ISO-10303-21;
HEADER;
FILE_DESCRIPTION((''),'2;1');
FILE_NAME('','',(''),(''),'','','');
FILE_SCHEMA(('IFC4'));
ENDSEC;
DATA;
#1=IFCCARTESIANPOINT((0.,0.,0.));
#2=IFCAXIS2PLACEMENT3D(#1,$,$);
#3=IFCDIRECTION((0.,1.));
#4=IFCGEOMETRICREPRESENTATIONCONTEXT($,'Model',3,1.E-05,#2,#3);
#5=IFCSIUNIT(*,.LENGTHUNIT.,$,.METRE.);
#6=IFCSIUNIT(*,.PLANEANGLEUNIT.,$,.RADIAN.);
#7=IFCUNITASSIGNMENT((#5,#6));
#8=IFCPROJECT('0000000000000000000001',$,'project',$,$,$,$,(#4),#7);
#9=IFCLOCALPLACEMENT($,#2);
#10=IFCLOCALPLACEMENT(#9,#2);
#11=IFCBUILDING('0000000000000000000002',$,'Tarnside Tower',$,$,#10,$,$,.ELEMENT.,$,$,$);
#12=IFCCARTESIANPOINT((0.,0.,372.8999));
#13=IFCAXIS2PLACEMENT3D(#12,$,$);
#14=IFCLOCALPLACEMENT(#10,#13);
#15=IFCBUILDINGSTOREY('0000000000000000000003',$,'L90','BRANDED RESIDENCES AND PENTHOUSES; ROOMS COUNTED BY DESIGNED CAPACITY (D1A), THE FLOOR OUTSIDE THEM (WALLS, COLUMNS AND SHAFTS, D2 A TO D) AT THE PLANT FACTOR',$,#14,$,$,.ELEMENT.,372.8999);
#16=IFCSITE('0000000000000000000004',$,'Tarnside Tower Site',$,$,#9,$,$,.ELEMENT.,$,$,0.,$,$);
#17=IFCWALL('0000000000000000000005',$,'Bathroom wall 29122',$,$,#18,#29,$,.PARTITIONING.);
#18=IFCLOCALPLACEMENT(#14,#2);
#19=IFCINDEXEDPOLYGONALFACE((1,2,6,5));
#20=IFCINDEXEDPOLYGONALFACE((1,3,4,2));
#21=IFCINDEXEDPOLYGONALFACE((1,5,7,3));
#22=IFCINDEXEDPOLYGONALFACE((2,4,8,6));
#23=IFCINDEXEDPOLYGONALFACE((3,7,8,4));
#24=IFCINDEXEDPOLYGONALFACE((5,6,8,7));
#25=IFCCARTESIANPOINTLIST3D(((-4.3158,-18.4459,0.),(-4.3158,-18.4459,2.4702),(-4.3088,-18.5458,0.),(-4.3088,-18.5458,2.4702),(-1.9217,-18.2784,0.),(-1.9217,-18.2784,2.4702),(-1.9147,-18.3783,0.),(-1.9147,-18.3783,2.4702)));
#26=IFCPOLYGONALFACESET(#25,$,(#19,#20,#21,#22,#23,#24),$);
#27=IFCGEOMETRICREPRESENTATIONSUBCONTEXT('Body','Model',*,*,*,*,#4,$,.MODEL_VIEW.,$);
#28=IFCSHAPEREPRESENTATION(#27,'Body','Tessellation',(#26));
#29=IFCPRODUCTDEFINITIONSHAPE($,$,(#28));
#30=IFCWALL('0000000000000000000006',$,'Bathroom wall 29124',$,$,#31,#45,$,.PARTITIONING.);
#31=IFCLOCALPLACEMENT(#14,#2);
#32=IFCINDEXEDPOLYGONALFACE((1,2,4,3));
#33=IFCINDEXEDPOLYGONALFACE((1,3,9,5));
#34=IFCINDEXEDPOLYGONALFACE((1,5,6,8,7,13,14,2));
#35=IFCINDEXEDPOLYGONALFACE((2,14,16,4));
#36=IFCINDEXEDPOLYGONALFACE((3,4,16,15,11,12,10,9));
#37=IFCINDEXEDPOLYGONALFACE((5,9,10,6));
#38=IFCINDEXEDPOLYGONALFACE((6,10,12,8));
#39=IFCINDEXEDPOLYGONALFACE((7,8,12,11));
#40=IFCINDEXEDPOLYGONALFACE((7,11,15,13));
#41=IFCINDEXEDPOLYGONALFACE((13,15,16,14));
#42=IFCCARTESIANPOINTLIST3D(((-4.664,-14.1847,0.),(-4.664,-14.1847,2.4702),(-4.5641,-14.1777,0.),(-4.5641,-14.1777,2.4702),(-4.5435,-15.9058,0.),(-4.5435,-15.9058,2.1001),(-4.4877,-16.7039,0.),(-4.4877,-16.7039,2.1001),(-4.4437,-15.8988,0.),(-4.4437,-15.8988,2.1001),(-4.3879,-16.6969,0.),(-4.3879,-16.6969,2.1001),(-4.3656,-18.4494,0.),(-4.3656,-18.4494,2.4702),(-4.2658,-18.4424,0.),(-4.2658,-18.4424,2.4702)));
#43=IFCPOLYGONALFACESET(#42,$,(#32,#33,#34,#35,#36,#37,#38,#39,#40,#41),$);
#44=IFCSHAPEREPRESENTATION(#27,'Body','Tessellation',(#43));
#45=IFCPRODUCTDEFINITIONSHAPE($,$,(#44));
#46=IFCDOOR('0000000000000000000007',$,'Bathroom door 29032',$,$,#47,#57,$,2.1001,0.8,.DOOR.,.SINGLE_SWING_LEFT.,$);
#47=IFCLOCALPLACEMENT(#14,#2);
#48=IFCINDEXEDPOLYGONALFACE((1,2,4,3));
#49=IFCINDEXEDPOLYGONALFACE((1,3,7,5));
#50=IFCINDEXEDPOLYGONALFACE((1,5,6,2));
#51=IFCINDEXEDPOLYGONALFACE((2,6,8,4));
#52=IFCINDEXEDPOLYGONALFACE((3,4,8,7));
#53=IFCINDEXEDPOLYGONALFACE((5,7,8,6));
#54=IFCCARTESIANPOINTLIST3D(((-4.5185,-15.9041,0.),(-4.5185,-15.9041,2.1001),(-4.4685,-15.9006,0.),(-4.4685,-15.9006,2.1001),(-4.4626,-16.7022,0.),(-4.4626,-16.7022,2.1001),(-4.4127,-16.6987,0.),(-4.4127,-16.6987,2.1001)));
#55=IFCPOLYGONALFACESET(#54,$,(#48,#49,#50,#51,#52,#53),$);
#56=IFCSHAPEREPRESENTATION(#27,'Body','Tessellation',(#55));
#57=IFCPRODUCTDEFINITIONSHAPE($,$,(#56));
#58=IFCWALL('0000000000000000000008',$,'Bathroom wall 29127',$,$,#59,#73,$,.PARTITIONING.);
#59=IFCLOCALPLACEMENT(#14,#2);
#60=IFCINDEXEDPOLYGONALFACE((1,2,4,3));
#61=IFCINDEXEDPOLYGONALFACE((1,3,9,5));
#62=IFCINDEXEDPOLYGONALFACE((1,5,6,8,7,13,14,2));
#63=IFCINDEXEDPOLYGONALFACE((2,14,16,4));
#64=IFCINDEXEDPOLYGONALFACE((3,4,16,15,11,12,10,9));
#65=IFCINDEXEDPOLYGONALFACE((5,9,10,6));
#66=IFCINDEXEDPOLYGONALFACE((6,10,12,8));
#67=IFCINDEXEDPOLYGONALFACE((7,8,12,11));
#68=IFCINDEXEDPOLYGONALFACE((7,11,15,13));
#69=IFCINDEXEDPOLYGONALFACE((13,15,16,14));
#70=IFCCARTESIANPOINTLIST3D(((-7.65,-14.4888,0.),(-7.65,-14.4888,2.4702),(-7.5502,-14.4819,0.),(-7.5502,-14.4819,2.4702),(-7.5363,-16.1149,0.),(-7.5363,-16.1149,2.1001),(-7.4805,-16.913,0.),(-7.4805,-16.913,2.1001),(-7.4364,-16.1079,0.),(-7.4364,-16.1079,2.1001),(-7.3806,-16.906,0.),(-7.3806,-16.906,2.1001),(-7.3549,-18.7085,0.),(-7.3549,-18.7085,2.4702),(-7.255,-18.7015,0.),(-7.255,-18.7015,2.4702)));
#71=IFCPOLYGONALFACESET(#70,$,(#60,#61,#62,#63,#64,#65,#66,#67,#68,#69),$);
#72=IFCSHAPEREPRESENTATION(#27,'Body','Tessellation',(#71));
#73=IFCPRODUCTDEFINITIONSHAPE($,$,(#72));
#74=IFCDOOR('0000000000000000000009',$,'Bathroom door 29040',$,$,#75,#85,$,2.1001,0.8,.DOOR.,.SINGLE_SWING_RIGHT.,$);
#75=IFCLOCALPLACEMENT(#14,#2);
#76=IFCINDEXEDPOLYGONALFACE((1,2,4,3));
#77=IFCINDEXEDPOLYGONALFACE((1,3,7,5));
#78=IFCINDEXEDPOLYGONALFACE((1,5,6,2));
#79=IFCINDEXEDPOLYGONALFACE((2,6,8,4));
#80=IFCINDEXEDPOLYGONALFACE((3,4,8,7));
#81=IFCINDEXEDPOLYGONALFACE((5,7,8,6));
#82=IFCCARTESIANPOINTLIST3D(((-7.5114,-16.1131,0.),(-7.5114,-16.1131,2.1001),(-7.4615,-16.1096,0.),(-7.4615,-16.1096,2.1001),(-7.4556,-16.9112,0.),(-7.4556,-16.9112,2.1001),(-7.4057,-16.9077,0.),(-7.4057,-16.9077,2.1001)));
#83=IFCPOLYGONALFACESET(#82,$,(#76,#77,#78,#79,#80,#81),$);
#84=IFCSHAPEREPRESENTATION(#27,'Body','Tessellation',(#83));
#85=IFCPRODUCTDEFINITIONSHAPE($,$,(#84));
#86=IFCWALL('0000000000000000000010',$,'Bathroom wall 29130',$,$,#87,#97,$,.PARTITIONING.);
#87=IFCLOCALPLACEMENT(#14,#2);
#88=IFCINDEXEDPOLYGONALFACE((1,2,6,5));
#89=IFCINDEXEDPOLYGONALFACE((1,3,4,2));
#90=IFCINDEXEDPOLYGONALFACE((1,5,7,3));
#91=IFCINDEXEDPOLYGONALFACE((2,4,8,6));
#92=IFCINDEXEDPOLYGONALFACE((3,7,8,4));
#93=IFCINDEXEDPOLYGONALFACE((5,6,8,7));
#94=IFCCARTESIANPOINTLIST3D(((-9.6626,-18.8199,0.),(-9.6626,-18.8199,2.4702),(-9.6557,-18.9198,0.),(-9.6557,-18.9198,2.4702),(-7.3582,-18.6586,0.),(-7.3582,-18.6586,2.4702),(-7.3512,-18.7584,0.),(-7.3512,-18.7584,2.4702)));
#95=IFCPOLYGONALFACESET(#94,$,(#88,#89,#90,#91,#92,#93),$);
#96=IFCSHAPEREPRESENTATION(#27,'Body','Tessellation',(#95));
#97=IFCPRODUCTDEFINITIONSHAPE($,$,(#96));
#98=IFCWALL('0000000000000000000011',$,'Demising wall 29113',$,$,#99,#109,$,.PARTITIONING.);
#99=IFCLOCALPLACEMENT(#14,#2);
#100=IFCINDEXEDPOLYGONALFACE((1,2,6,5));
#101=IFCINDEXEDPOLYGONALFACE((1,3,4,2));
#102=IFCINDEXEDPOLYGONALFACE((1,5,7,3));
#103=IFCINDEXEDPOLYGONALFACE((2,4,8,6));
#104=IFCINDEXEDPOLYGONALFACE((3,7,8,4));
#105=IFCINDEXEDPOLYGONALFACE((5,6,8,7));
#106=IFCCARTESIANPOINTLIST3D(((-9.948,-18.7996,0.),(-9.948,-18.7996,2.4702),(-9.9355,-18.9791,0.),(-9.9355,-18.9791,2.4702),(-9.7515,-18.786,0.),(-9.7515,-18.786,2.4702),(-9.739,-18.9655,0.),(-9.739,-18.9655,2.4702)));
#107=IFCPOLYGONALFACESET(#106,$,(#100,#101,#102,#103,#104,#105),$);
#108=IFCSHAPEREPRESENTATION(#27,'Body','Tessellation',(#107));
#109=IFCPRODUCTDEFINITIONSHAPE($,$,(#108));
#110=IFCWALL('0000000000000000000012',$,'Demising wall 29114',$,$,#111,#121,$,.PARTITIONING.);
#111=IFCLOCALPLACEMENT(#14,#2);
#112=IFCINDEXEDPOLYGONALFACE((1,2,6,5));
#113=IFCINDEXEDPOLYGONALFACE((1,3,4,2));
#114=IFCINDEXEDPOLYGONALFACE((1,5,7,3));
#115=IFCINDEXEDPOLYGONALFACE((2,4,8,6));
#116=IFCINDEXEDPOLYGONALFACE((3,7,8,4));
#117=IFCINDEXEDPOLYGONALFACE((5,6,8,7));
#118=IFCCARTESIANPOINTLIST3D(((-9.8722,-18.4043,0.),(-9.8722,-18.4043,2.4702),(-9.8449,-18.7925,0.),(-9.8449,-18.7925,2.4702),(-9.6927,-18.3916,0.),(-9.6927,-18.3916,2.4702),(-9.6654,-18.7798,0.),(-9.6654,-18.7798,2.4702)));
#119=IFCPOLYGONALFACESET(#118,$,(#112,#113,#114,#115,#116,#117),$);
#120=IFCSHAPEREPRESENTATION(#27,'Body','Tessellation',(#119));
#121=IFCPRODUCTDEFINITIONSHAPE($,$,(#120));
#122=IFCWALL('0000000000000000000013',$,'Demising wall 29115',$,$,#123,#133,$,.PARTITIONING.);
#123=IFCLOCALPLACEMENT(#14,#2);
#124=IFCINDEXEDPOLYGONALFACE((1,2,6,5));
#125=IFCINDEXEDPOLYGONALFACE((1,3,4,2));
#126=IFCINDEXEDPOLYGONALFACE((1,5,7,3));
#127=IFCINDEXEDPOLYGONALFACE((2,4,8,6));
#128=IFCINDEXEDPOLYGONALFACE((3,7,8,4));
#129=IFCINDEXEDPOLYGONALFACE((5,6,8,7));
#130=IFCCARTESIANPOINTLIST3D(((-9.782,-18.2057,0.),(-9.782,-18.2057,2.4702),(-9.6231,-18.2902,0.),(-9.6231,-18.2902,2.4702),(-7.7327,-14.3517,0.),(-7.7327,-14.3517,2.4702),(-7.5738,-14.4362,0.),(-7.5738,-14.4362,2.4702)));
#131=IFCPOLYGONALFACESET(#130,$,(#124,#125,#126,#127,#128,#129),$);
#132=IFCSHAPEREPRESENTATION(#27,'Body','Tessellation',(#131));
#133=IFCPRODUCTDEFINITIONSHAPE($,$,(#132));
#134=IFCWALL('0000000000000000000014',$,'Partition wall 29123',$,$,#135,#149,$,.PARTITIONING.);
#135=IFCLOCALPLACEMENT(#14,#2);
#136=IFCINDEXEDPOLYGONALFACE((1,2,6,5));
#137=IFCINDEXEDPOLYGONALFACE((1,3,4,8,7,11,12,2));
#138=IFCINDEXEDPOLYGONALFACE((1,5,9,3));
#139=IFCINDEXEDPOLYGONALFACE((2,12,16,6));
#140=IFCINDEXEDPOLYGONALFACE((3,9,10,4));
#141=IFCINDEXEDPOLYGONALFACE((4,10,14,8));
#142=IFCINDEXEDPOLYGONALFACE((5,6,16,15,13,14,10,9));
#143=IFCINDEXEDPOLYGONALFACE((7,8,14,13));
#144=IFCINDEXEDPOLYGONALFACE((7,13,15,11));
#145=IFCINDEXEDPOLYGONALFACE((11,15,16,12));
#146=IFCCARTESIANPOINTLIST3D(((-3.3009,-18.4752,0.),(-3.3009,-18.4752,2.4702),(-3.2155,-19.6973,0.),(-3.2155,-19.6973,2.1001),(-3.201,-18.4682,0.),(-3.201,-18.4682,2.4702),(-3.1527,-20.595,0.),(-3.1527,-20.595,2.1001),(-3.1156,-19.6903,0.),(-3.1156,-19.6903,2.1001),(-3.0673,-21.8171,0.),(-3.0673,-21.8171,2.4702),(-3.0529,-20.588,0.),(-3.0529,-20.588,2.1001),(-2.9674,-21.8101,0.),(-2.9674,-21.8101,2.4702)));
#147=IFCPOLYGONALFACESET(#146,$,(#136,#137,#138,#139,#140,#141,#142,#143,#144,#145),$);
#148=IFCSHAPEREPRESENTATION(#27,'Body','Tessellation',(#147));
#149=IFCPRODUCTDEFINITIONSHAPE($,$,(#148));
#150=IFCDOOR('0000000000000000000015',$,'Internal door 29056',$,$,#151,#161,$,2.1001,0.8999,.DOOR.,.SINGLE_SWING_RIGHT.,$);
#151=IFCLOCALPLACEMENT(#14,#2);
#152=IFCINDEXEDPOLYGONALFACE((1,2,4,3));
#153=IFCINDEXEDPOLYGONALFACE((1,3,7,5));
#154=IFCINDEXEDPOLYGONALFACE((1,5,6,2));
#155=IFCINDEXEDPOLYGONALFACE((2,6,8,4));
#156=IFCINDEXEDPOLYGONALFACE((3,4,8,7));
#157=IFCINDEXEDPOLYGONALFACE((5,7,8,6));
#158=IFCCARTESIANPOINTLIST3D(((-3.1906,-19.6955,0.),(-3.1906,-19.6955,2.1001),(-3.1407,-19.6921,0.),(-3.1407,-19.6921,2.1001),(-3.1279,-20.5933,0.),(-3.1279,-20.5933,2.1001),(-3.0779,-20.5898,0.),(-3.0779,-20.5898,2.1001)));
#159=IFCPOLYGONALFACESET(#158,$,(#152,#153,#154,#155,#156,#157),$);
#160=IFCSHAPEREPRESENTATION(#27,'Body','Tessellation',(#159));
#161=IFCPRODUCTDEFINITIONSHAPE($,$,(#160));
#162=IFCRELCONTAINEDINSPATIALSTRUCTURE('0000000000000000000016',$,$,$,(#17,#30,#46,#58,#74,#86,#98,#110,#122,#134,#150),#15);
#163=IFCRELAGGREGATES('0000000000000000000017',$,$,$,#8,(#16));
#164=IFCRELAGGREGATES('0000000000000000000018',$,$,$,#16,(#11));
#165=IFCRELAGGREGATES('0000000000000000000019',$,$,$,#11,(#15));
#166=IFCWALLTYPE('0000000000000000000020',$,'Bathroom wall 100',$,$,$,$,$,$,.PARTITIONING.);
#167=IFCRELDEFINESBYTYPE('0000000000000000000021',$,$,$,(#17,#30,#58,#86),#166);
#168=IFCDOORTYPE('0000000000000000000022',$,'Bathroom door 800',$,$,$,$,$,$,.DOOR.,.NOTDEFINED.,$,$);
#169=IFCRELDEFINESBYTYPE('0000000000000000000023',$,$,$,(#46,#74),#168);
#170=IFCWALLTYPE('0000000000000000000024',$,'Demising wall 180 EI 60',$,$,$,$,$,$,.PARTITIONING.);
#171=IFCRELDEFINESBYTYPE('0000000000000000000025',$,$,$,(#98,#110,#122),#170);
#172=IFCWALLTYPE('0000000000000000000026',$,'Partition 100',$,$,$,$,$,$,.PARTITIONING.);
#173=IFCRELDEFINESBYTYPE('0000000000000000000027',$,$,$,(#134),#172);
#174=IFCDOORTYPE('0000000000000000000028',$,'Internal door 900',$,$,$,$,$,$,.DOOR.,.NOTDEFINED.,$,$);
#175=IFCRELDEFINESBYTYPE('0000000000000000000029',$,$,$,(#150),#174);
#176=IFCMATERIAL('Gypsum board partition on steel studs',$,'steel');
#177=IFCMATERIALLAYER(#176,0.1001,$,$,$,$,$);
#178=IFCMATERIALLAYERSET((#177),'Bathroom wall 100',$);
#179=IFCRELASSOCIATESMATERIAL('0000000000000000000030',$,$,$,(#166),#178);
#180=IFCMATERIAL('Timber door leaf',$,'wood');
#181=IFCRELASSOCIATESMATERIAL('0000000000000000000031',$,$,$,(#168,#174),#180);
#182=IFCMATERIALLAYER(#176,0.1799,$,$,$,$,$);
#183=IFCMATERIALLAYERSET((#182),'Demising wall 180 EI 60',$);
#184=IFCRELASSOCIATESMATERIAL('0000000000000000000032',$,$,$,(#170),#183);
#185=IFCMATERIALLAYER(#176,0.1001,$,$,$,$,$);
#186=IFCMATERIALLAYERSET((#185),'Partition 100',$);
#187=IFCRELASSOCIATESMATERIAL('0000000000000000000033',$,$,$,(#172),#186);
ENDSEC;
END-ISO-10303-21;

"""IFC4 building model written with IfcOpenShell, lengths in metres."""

from ifc_helpers import new_model, si_unit, direction, frame, frame_2d, origin, place, context, subcontext, project, spatial, rectangle, extrude, material, layer, layer_set, type_object, element, fill, save


model = new_model("IFC4")

# Units and contexts
model_context = context("Model", 3, precision=1e-05, world=origin(), true_north=direction((0.0, 1.0)))
body_context = subcontext(model_context, "Body", "Model", "MODEL_VIEW")
ifc_project = project(units=[si_unit("LENGTHUNIT", "METRE"), si_unit("PLANEANGLEUNIT", "RADIAN")], contexts=[model_context])

# Site, building, storey
site_placement = place(None, origin())
site = spatial("IfcSite", under=ifc_project, at=site_placement, Name="Tarnside Tower Site", CompositionType="ELEMENT", RefElevation=0.0)
building_placement = place(site_placement, origin())
building = spatial("IfcBuilding", under=site, at=building_placement, Name="Tarnside Tower", CompositionType="ELEMENT")
storey_placement = place(building_placement, frame((0.0, 0.0, 372.8999)))
storey = spatial("IfcBuildingStorey", under=building, at=storey_placement, Name="L90", Description="BRANDED RESIDENCES AND PENTHOUSES; ROOMS COUNTED BY DESIGNED CAPACITY (D1A), THE FLOOR OUTSIDE THEM (WALLS, COLUMNS AND SHAFTS, D2 A TO D) AT THE PLANT FACTOR", CompositionType="ELEMENT", Elevation=372.8999)

# Wall
ifc_material_1 = material(Name="Gypsum board partition on steel studs", Category="steel")
ifc_layer_1 = layer(ifc_material_1, 0.1001)
ifc_layer_set_1 = layer_set([ifc_layer_1], Name="Bathroom wall 100")
wall_type_1 = type_object("IfcWallType", Name="Bathroom wall 100", PredefinedType="PARTITIONING", material=ifc_layer_set_1)
wall_1_placement = place(storey_placement, frame((-1.9182, -18.3284, 0.0), z_axis=(0.0, 0.0, 1.0), x_axis=(-0.997562, -0.069787, 0.0)))
element("IfcWall", 1, at=wall_1_placement, inside=storey, type_object=wall_type_1, Name="Bathroom wall 29122", PredefinedType="PARTITIONING", context=body_context, shape_type="SweptSolid", body=[
    extrude(rectangle(XDim=2.3999, YDim=0.1001, at=frame_2d((1.2, 0.0))), origin(), (0.0, 0.0, 1.0), 2.4702),
])

# Walls, openings, doors
wall_2_placement = place(storey_placement, frame((-4.3157, -18.446, 0.0), z_axis=(0.0, 0.0, 1.0), x_axis=(-0.069786, 0.997562, 0.0)))
wall_2 = element("IfcWall", 2, at=wall_2_placement, inside=storey, type_object=wall_type_1, Name="Bathroom wall 29124", PredefinedType="PARTITIONING", context=body_context, shape_type="SweptSolid", body=[
    extrude(rectangle(XDim=4.2751, YDim=0.1001, at=frame_2d((2.1377, 0.0))), origin(), (0.0, 0.0, 1.0), 2.4702),
])
opening_1_placement = place(wall_2_placement, frame((1.75, 0.0, 0.0)))
opening_1 = element("IfcOpeningElement", 3, at=opening_1_placement, cuts=wall_2, PredefinedType="OPENING", context=body_context, shape_type="SweptSolid", body=[
    extrude(rectangle(XDim=0.8, YDim=2.1001, at=frame_2d((0.3999, 1.05))), frame((0.0, 0.0601, 0.0), z_axis=(0.0, -1.0, 0.0), x_axis=(1.0, 0.0, 0.0)), (0.0, 0.0, 1.0), 0.1201),
])
ifc_material_2 = material(Name="Timber door leaf", Category="wood")
door_type_1 = type_object("IfcDoorType", Name="Bathroom door 800", OperationType="NOTDEFINED", PredefinedType="DOOR", material=ifc_material_2)
door_1_placement = place(opening_1_placement, origin())
door_1 = element("IfcDoor", 4, at=door_1_placement, inside=storey, type_object=door_type_1, Name="Bathroom door 29032", OperationType="SINGLE_SWING_LEFT", OverallHeight=2.1001, OverallWidth=0.8, PredefinedType="DOOR", context=body_context, shape_type="SweptSolid", body=[
    extrude(rectangle(XDim=0.8, YDim=2.1001, at=frame_2d((0.3999, 1.05))), frame((0.0, 0.0249, 0.0), z_axis=(0.0, -1.0, 0.0), x_axis=(1.0, 0.0, 0.0)), (0.0, 0.0, 1.0), 0.05),
])
fill(opening_1, door_1)
wall_3_placement = place(storey_placement, frame((-7.6001, -14.4854, 0.0), z_axis=(0.0, 0.0, 1.0), x_axis=(0.069779, -0.997563, 0.0)))
wall_3 = element("IfcWall", 5, at=wall_3_placement, inside=storey, type_object=wall_type_1, Name="Bathroom wall 29127", PredefinedType="PARTITIONING", context=body_context, shape_type="SweptSolid", body=[
    extrude(rectangle(XDim=4.23, YDim=0.1001, at=frame_2d((2.115, 0.0))), origin(), (0.0, 0.0, 1.0), 2.4702),
])
opening_2_placement = place(wall_3_placement, frame((1.6301, 0.0, 0.0)))
opening_2 = element("IfcOpeningElement", 6, at=opening_2_placement, cuts=wall_3, PredefinedType="OPENING", context=body_context, shape_type="SweptSolid", body=[
    extrude(rectangle(XDim=0.8, YDim=2.1001, at=frame_2d((0.3999, 1.05))), frame((0.0, 0.0601, 0.0), z_axis=(0.0, -1.0, 0.0), x_axis=(1.0, 0.0, 0.0)), (0.0, 0.0, 1.0), 0.1201),
])
door_2_placement = place(opening_2_placement, origin())
door_2 = element("IfcDoor", 7, at=door_2_placement, inside=storey, type_object=door_type_1, Name="Bathroom door 29040", OperationType="SINGLE_SWING_RIGHT", OverallHeight=2.1001, OverallWidth=0.8, PredefinedType="DOOR", context=body_context, shape_type="SweptSolid", body=[
    extrude(rectangle(XDim=0.8, YDim=2.1001, at=frame_2d((0.3999, 1.05))), frame((0.0, 0.0249, 0.0), z_axis=(0.0, -1.0, 0.0), x_axis=(1.0, 0.0, 0.0)), (0.0, 0.0, 1.0), 0.05),
])
fill(opening_2, door_2)

# Walls
wall_4_placement = place(storey_placement, frame((-7.3547, -18.7085, 0.0), z_axis=(0.0, 0.0, 1.0), x_axis=(-0.997557, -0.069858, 0.0)))
element("IfcWall", 8, at=wall_4_placement, inside=storey, type_object=wall_type_1, Name="Bathroom wall 29130", PredefinedType="PARTITIONING", context=body_context, shape_type="SweptSolid", body=[
    extrude(rectangle(XDim=2.3101, YDim=0.1001, at=frame_2d((1.155, 0.0))), origin(), (0.0, 0.0, 1.0), 2.4702),
])
ifc_layer_2 = layer(ifc_material_1, 0.1799)
ifc_layer_set_2 = layer_set([ifc_layer_2], Name="Demising wall 180 EI 60")
wall_type_2 = type_object("IfcWallType", Name="Demising wall 180 EI 60", PredefinedType="PARTITIONING", material=ifc_layer_set_2)
wall_5_placement = place(storey_placement, frame((-9.9419, -18.8894, 0.0), z_axis=(0.0, 0.0, 1.0), x_axis=(0.997589, 0.069398, 0.0)))
element("IfcWall", 9, at=wall_5_placement, inside=storey, type_object=wall_type_2, Name="Demising wall 29113", PredefinedType="PARTITIONING", context=body_context, shape_type="SweptSolid", body=[
    extrude(rectangle(XDim=0.197, YDim=0.1799, at=frame_2d((0.0986, 0.0))), origin(), (0.0, 0.0, 1.0), 2.4702),
])
wall_6_placement = place(storey_placement, frame((-9.7551, -18.7861, 0.0), z_axis=(0.0, 0.0, 1.0), x_axis=(-0.070266, 0.997528, 0.0)))
element("IfcWall", 10, at=wall_6_placement, inside=storey, type_object=wall_type_2, Name="Demising wall 29114", PredefinedType="PARTITIONING", context=body_context, shape_type="SweptSolid", body=[
    extrude(rectangle(XDim=0.3892, YDim=0.1799, at=frame_2d((0.1946, 0.0))), origin(), (0.0, 0.0, 1.0), 2.4702),
])
wall_7_placement = place(storey_placement, frame((-9.7026, -18.248, 0.0), z_axis=(0.0, 0.0, 1.0), x_axis=(0.469491, 0.882938, 0.0)))
element("IfcWall", 11, at=wall_7_placement, inside=storey, type_object=wall_type_2, Name="Demising wall 29115", PredefinedType="PARTITIONING", context=body_context, shape_type="SweptSolid", body=[
    extrude(rectangle(XDim=4.365, YDim=0.1799, at=frame_2d((2.1826, 0.0))), origin(), (0.0, 0.0, 1.0), 2.4702),
])

# Wall, opening, door
ifc_layer_3 = layer(ifc_material_1, 0.1001)
ifc_layer_set_3 = layer_set([ifc_layer_3], Name="Partition 100")
wall_type_3 = type_object("IfcWallType", Name="Partition 100", PredefinedType="PARTITIONING", material=ifc_layer_set_3)
wall_8_placement = place(storey_placement, frame((-3.251, -18.4717, 0.0), z_axis=(0.0, 0.0, 1.0), x_axis=(0.06974, -0.997565, 0.0)))
wall_8 = element("IfcWall", 12, at=wall_8_placement, inside=storey, type_object=wall_type_3, Name="Partition wall 29123", PredefinedType="PARTITIONING", context=body_context, shape_type="SweptSolid", body=[
    extrude(rectangle(XDim=3.3501, YDim=0.1001, at=frame_2d((1.675, 0.0))), origin(), (0.0, 0.0, 1.0), 2.4702),
])
opening_3_placement = place(wall_8_placement, frame((1.2251, 0.0, 0.0)))
opening_3 = element("IfcOpeningElement", 13, at=opening_3_placement, cuts=wall_8, PredefinedType="OPENING", context=body_context, shape_type="SweptSolid", body=[
    extrude(rectangle(XDim=0.8999, YDim=2.1001, at=frame_2d((0.45, 1.05))), frame((0.0, 0.0601, 0.0), z_axis=(0.0, -1.0, 0.0), x_axis=(1.0, 0.0, 0.0)), (0.0, 0.0, 1.0), 0.1201),
])
door_type_2 = type_object("IfcDoorType", Name="Internal door 900", OperationType="NOTDEFINED", PredefinedType="DOOR", material=ifc_material_2)
door_3_placement = place(opening_3_placement, origin())
door_3 = element("IfcDoor", 14, at=door_3_placement, inside=storey, type_object=door_type_2, Name="Internal door 29056", OperationType="SINGLE_SWING_RIGHT", OverallHeight=2.1001, OverallWidth=0.8999, PredefinedType="DOOR", context=body_context, shape_type="SweptSolid", body=[
    extrude(rectangle(XDim=0.8999, YDim=2.1001, at=frame_2d((0.45, 1.05))), frame((0.0, 0.0249, 0.0), z_axis=(0.0, -1.0, 0.0), x_axis=(1.0, 0.0, 0.0)), (0.0, 0.0, 1.0), 0.05),
])
fill(opening_3, door_3)

save(model, "model.ifc")
